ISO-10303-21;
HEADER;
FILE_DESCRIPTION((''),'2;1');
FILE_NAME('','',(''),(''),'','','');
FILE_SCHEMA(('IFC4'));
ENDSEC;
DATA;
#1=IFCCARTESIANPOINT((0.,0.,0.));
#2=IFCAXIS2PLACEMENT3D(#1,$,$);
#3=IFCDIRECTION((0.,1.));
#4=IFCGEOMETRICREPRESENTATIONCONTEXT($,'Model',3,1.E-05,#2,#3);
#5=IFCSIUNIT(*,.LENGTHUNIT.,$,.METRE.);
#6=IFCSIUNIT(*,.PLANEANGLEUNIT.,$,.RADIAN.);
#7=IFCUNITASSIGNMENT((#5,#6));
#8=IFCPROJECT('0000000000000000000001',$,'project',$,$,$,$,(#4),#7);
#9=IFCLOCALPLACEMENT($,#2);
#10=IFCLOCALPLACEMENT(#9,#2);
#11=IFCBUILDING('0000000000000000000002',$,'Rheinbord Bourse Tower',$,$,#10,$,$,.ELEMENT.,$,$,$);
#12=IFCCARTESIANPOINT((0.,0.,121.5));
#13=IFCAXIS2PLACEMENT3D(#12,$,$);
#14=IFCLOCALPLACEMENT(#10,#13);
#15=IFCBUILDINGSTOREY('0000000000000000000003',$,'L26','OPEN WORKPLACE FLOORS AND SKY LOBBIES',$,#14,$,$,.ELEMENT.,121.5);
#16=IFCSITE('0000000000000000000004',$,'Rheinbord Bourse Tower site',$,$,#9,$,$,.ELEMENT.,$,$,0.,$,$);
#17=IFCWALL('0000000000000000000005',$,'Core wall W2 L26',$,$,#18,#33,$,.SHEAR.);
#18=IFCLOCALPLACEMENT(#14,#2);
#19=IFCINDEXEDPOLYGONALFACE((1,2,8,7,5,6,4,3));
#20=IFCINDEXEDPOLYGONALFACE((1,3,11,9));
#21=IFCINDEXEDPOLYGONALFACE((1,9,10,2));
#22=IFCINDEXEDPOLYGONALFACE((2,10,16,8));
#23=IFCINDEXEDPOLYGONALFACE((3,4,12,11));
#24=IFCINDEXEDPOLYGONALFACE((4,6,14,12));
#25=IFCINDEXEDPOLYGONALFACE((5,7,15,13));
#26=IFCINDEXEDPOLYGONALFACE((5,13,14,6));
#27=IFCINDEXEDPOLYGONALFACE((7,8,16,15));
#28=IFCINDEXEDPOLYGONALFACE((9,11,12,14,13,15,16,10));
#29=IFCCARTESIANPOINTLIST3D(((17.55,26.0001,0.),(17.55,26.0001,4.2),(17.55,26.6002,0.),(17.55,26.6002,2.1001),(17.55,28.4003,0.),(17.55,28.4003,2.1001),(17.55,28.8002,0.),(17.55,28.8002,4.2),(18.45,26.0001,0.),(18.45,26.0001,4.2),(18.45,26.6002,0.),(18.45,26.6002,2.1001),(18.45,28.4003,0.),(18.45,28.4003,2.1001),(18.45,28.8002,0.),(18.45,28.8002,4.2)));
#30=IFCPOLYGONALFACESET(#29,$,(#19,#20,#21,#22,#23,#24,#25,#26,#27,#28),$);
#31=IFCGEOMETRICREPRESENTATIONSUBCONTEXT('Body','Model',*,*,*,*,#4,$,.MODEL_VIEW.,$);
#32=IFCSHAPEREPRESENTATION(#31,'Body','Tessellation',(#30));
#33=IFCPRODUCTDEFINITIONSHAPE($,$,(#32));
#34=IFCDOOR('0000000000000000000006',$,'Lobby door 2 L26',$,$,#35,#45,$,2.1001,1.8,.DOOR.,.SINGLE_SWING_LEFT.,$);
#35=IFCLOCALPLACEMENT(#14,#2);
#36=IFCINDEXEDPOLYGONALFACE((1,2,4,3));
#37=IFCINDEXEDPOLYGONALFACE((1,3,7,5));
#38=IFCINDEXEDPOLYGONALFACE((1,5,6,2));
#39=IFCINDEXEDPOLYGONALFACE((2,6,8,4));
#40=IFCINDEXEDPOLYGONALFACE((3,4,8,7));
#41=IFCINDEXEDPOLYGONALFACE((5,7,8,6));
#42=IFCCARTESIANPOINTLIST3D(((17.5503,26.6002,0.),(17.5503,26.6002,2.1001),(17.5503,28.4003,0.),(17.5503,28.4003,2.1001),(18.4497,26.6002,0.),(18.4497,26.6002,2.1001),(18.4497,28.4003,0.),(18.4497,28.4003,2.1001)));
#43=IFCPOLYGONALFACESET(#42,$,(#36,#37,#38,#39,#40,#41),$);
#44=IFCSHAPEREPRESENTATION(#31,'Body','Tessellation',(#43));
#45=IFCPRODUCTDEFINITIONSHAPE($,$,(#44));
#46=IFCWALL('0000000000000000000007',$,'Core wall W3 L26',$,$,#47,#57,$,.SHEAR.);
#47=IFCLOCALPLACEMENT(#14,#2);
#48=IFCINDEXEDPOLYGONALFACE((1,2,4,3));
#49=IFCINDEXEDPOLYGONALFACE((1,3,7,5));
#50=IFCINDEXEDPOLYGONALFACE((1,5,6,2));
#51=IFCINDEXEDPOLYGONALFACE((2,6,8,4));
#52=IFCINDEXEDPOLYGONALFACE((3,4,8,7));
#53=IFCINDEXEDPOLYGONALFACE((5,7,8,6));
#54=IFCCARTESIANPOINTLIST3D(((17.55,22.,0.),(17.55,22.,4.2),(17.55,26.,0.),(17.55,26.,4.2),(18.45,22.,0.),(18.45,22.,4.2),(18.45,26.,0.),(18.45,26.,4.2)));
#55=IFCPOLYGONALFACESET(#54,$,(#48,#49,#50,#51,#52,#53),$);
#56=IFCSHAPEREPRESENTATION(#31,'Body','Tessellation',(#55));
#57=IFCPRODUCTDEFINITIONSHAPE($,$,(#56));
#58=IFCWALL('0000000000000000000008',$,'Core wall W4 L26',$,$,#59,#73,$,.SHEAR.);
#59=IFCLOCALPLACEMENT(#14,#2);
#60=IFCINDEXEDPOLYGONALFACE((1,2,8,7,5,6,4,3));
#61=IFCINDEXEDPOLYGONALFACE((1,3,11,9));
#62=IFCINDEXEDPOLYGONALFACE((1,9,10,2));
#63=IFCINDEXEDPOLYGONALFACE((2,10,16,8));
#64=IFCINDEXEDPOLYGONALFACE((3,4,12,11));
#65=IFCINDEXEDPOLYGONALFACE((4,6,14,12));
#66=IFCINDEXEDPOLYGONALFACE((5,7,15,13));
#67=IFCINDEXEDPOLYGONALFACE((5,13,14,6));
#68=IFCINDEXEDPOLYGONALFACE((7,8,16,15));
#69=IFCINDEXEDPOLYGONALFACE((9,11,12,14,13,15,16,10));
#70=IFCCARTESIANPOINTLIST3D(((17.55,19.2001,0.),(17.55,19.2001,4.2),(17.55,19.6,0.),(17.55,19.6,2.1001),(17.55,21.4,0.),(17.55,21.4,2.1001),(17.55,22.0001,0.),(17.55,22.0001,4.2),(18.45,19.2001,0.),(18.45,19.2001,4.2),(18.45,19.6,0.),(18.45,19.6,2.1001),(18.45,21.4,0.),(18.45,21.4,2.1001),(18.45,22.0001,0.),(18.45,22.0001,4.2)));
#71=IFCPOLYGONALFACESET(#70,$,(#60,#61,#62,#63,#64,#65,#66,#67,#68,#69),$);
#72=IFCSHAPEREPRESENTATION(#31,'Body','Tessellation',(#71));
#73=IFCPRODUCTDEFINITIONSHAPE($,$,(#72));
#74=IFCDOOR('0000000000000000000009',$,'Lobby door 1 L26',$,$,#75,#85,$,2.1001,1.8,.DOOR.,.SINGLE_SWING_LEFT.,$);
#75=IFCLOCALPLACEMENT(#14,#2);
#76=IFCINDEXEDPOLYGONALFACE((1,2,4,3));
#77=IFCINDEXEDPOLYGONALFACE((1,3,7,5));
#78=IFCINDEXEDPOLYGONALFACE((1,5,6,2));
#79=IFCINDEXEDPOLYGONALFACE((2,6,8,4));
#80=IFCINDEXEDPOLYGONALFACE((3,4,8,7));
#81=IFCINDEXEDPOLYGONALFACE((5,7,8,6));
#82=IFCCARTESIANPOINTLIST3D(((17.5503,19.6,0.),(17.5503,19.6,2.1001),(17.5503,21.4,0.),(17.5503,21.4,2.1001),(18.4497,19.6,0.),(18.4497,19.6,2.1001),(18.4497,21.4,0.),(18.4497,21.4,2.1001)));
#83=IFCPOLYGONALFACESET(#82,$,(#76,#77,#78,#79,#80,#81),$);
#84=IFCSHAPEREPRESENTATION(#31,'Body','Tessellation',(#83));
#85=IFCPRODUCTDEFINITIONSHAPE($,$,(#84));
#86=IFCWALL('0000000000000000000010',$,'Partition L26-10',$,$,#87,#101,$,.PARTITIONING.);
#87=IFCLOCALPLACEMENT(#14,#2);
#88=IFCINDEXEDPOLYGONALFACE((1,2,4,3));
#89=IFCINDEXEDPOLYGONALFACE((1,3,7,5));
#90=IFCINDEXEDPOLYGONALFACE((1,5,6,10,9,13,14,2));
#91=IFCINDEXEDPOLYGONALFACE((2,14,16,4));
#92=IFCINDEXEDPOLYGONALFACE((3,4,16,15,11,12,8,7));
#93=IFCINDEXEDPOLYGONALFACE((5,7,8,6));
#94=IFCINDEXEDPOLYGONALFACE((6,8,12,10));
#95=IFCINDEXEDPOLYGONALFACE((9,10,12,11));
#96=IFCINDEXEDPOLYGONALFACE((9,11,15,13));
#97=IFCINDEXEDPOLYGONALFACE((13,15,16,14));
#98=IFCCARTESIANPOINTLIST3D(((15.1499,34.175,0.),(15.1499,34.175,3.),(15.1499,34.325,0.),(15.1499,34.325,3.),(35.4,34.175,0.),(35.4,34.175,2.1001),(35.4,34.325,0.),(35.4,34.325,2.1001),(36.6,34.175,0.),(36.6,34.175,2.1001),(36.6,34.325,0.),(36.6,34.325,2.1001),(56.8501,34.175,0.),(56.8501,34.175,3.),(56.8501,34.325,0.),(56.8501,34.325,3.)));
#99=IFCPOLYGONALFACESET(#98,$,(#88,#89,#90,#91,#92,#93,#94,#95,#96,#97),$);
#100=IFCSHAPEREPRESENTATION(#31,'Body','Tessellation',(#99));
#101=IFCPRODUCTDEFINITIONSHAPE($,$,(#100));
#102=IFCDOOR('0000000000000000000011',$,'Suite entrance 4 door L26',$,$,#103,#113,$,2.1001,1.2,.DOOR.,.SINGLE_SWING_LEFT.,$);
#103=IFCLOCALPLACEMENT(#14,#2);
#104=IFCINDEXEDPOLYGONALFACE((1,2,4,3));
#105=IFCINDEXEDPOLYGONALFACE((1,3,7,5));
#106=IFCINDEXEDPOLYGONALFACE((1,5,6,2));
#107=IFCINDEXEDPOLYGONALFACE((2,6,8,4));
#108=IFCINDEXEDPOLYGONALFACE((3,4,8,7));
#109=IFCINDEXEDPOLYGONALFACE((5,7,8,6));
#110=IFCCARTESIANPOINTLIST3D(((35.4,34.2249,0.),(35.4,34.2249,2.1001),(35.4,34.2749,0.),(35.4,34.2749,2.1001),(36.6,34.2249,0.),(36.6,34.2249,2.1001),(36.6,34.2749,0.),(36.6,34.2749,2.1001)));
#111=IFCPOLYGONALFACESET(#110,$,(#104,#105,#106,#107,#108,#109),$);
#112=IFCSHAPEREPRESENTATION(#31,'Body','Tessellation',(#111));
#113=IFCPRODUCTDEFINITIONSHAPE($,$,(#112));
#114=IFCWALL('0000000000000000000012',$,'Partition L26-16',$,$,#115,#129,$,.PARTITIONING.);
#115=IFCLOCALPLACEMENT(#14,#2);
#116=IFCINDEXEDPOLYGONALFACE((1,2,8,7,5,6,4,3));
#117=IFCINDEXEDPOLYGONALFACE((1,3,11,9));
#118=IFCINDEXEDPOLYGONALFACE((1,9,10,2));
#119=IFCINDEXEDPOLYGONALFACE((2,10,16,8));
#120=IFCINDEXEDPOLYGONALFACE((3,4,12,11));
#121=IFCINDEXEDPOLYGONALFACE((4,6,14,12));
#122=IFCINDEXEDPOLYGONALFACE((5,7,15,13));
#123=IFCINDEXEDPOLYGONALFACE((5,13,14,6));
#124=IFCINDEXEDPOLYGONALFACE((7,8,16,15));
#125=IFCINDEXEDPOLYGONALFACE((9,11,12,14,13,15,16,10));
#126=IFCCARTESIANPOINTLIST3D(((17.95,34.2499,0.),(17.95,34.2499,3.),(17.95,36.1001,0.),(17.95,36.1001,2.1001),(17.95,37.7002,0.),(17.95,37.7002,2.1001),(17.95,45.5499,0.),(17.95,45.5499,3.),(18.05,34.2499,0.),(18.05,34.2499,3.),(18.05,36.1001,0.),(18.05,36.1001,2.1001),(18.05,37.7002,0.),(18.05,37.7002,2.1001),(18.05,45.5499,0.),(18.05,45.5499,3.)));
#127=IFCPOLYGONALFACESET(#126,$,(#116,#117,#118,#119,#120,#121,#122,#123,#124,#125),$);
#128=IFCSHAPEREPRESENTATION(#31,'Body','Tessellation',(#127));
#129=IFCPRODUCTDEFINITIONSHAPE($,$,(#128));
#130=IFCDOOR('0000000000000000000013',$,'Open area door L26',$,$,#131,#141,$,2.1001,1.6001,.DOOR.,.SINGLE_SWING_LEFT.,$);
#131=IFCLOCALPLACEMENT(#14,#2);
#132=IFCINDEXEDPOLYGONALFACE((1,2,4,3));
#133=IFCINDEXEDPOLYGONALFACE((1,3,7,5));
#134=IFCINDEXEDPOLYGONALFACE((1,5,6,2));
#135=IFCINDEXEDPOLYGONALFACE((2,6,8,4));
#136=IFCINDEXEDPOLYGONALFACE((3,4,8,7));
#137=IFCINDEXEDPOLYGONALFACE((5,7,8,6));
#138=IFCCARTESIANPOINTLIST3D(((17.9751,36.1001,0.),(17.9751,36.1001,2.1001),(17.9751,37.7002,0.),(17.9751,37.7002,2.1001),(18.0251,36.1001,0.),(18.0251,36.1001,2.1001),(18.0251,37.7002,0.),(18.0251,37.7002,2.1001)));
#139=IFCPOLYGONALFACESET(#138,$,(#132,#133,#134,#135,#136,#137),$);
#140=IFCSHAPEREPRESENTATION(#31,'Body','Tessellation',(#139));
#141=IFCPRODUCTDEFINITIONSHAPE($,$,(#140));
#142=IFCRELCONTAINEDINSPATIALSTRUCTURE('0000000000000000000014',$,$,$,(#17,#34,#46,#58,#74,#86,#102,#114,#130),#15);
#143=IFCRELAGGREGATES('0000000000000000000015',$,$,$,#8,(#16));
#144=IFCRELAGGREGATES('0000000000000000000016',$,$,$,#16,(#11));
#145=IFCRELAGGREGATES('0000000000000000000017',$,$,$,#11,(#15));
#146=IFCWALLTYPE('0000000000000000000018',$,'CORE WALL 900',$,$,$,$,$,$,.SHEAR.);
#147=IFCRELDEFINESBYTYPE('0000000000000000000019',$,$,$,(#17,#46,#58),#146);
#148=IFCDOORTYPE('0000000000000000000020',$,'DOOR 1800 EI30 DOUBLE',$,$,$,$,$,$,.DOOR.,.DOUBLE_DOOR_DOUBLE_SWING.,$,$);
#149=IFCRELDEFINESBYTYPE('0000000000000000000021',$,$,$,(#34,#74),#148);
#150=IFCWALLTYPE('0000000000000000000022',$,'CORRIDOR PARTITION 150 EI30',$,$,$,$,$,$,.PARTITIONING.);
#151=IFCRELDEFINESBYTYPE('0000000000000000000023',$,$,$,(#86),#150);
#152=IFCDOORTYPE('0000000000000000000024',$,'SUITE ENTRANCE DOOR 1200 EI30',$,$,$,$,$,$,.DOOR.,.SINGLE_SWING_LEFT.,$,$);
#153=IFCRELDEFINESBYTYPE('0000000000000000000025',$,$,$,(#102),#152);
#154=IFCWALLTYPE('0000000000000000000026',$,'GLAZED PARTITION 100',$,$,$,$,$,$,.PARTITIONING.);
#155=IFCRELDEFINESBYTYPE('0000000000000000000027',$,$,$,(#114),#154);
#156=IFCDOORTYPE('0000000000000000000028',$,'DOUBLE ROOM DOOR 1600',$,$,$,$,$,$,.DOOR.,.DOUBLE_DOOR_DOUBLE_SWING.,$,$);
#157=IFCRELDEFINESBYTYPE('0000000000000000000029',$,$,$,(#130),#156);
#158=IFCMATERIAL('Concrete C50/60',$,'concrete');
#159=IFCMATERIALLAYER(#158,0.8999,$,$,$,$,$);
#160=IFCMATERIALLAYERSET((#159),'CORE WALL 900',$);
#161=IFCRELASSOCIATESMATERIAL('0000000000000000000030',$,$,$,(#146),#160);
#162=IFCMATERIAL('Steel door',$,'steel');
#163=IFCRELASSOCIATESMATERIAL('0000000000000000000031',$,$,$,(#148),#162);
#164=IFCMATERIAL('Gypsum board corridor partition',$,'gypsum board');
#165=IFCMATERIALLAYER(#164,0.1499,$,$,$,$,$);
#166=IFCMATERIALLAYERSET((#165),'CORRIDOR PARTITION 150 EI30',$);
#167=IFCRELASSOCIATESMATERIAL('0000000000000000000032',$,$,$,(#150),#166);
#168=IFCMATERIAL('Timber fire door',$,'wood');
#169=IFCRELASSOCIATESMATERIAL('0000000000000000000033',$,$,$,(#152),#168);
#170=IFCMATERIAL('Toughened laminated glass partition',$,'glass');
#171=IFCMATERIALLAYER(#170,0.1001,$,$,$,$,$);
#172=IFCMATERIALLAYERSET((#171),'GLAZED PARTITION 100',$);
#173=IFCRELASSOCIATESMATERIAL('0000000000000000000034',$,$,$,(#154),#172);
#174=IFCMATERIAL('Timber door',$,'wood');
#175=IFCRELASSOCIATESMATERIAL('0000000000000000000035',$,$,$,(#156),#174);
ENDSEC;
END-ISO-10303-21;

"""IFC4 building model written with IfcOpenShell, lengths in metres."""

from ifc_helpers import new_model, si_unit, direction, frame, frame_2d, origin, place, context, subcontext, project, spatial, rectangle, extrude, material, layer, layer_set, type_object, element, fill, save


model = new_model("IFC4")

# Units and contexts
model_context = context("Model", 3, precision=1e-05, world=origin(), true_north=direction((0.0, 1.0)))
body_context = subcontext(model_context, "Body", "Model", "MODEL_VIEW")
ifc_project = project(units=[si_unit("LENGTHUNIT", "METRE"), si_unit("PLANEANGLEUNIT", "RADIAN")], contexts=[model_context])

# Site, building, storey
site_placement = place(None, origin())
site = spatial("IfcSite", under=ifc_project, at=site_placement, Name="Rheinbord Bourse Tower site", CompositionType="ELEMENT", RefElevation=0.0)
building_placement = place(site_placement, origin())
building = spatial("IfcBuilding", under=site, at=building_placement, Name="Rheinbord Bourse Tower", CompositionType="ELEMENT")
storey_placement = place(building_placement, frame((0.0, 0.0, 121.5)))
storey = spatial("IfcBuildingStorey", under=building, at=storey_placement, Name="L26", Description="OPEN WORKPLACE FLOORS AND SKY LOBBIES", CompositionType="ELEMENT", Elevation=121.5)

# Shared definitions
ifc_material_1 = material(Name="Concrete C50/60", Category="concrete")
ifc_layer_1 = layer(ifc_material_1, 0.8999)
ifc_layer_set_1 = layer_set([ifc_layer_1], Name="CORE WALL 900")
wall_type_1 = type_object("IfcWallType", Name="CORE WALL 900", PredefinedType="SHEAR", material=ifc_layer_set_1)

# Wall, opening, door
wall_1_placement = place(storey_placement, frame((18.0, 28.8, 0.0), z_axis=(0.0, 0.0, 1.0), x_axis=(0.0, -1.0, 0.0)))
wall_1 = element("IfcWall", 1, at=wall_1_placement, inside=storey, type_object=wall_type_1, Name="Core wall W2 L26", PredefinedType="SHEAR", context=body_context, shape_type="SweptSolid", body=[
    extrude(rectangle(XDim=2.8, YDim=0.8999, at=frame_2d((1.3999, 0.0))), origin(), (0.0, 0.0, 1.0), 4.2),
])
opening_1_placement = place(wall_1_placement, frame((0.3999, 0.0, 0.0)))
opening_1 = element("IfcOpeningElement", 2, at=opening_1_placement, cuts=wall_1, PredefinedType="OPENING", context=body_context, shape_type="SweptSolid", body=[
    extrude(rectangle(XDim=1.8, YDim=2.1001, at=frame_2d((0.8999, 1.05))), frame((0.0, 0.46, 0.0), z_axis=(0.0, -1.0, 0.0), x_axis=(1.0, 0.0, 0.0)), (0.0, 0.0, 1.0), 0.9199),
])
ifc_material_2 = material(Name="Steel door", Category="steel")
door_type_1 = type_object("IfcDoorType", Name="DOOR 1800 EI30 DOUBLE", OperationType="DOUBLE_DOOR_DOUBLE_SWING", PredefinedType="DOOR", material=ifc_material_2)
door_1_placement = place(opening_1_placement, origin())
door_1 = element("IfcDoor", 3, at=door_1_placement, inside=storey, type_object=door_type_1, Name="Lobby door 2 L26", OperationType="SINGLE_SWING_LEFT", OverallHeight=2.1001, OverallWidth=1.8, PredefinedType="DOOR", context=body_context, shape_type="SweptSolid", body=[
    extrude(rectangle(XDim=1.8, YDim=2.1001, at=frame_2d((0.8999, 1.05))), frame((0.0, 0.4497, 0.0), z_axis=(0.0, -1.0, 0.0), x_axis=(1.0, 0.0, 0.0)), (0.0, 0.0, 1.0), 0.8994),
])
fill(opening_1, door_1)

# Wall
wall_2_placement = place(storey_placement, frame((18.0, 26.0, 0.0), z_axis=(0.0, 0.0, 1.0), x_axis=(0.0, -1.0, 0.0)))
element("IfcWall", 4, at=wall_2_placement, inside=storey, type_object=wall_type_1, Name="Core wall W3 L26", PredefinedType="SHEAR", context=body_context, shape_type="SweptSolid", body=[
    extrude(rectangle(XDim=4.0, YDim=0.8999, at=frame_2d((2.0, 0.0))), origin(), (0.0, 0.0, 1.0), 4.2),
])

# Walls, openings, doors
wall_3_placement = place(storey_placement, frame((18.0, 22.0, 0.0), z_axis=(0.0, 0.0, 1.0), x_axis=(0.0, -1.0, 0.0)))
wall_3 = element("IfcWall", 5, at=wall_3_placement, inside=storey, type_object=wall_type_1, Name="Core wall W4 L26", PredefinedType="SHEAR", context=body_context, shape_type="SweptSolid", body=[
    extrude(rectangle(XDim=2.8, YDim=0.8999, at=frame_2d((1.3999, 0.0))), origin(), (0.0, 0.0, 1.0), 4.2),
])
opening_2_placement = place(wall_3_placement, frame((0.6001, 0.0, 0.0)))
opening_2 = element("IfcOpeningElement", 6, at=opening_2_placement, cuts=wall_3, PredefinedType="OPENING", context=body_context, shape_type="SweptSolid", body=[
    extrude(rectangle(XDim=1.8, YDim=2.1001, at=frame_2d((0.8999, 1.05))), frame((0.0, 0.46, 0.0), z_axis=(0.0, -1.0, 0.0), x_axis=(1.0, 0.0, 0.0)), (0.0, 0.0, 1.0), 0.9199),
])
door_2_placement = place(opening_2_placement, origin())
door_2 = element("IfcDoor", 7, at=door_2_placement, inside=storey, type_object=door_type_1, Name="Lobby door 1 L26", OperationType="SINGLE_SWING_LEFT", OverallHeight=2.1001, OverallWidth=1.8, PredefinedType="DOOR", context=body_context, shape_type="SweptSolid", body=[
    extrude(rectangle(XDim=1.8, YDim=2.1001, at=frame_2d((0.8999, 1.05))), frame((0.0, 0.4497, 0.0), z_axis=(0.0, -1.0, 0.0), x_axis=(1.0, 0.0, 0.0)), (0.0, 0.0, 1.0), 0.8994),
])
fill(opening_2, door_2)
ifc_material_3 = material(Name="Gypsum board corridor partition", Category="gypsum board")
ifc_layer_2 = layer(ifc_material_3, 0.1499)
ifc_layer_set_2 = layer_set([ifc_layer_2], Name="CORRIDOR PARTITION 150 EI30")
wall_type_2 = type_object("IfcWallType", Name="CORRIDOR PARTITION 150 EI30", PredefinedType="PARTITIONING", material=ifc_layer_set_2)
wall_4_placement = place(storey_placement, frame((15.1499, 34.25, 0.0), z_axis=(0.0, 0.0, 1.0), x_axis=(1.0, 0.0, 0.0)))
wall_4 = element("IfcWall", 8, at=wall_4_placement, inside=storey, type_object=wall_type_2, Name="Partition L26-10", PredefinedType="PARTITIONING", context=body_context, shape_type="SweptSolid", body=[
    extrude(rectangle(XDim=41.7002, YDim=0.1499, at=frame_2d((20.8501, 0.0))), origin(), (0.0, 0.0, 1.0), 3.0),
])
opening_3_placement = place(wall_4_placement, frame((20.25, 0.0, 0.0)))
opening_3 = element("IfcOpeningElement", 9, at=opening_3_placement, cuts=wall_4, PredefinedType="OPENING", context=body_context, shape_type="SweptSolid", body=[
    extrude(rectangle(XDim=1.2, YDim=2.1001, at=frame_2d((0.6001, 1.05))), frame((0.0, 0.085, 0.0), z_axis=(0.0, -1.0, 0.0), x_axis=(1.0, 0.0, 0.0)), (0.0, 0.0, 1.0), 0.1699),
])
ifc_material_4 = material(Name="Timber fire door", Category="wood")
door_type_2 = type_object("IfcDoorType", Name="SUITE ENTRANCE DOOR 1200 EI30", OperationType="SINGLE_SWING_LEFT", PredefinedType="DOOR", material=ifc_material_4)
door_3_placement = place(opening_3_placement, origin())
door_3 = element("IfcDoor", 10, at=door_3_placement, inside=storey, type_object=door_type_2, Name="Suite entrance 4 door L26", OperationType="SINGLE_SWING_LEFT", OverallHeight=2.1001, OverallWidth=1.2, PredefinedType="DOOR", context=body_context, shape_type="SweptSolid", body=[
    extrude(rectangle(XDim=1.2, YDim=2.1001, at=frame_2d((0.6001, 1.05))), frame((0.0, 0.0249, 0.0), z_axis=(0.0, -1.0, 0.0), x_axis=(1.0, 0.0, 0.0)), (0.0, 0.0, 1.0), 0.05),
])
fill(opening_3, door_3)
ifc_material_5 = material(Name="Toughened laminated glass partition", Category="glass")
ifc_layer_3 = layer(ifc_material_5, 0.1001)
ifc_layer_set_3 = layer_set([ifc_layer_3], Name="GLAZED PARTITION 100")
wall_type_3 = type_object("IfcWallType", Name="GLAZED PARTITION 100", PredefinedType="PARTITIONING", material=ifc_layer_set_3)
wall_5_placement = place(storey_placement, frame((18.0, 34.25, 0.0), z_axis=(0.0, 0.0, 1.0), x_axis=(0.0, 1.0, 0.0)))
wall_5 = element("IfcWall", 11, at=wall_5_placement, inside=storey, type_object=wall_type_3, Name="Partition L26-16", PredefinedType="PARTITIONING", context=body_context, shape_type="SweptSolid", body=[
    extrude(rectangle(XDim=11.3, YDim=0.1001, at=frame_2d((5.6499, 0.0))), origin(), (0.0, 0.0, 1.0), 3.0),
])
opening_4_placement = place(wall_5_placement, frame((1.8501, 0.0, 0.0)))
opening_4 = element("IfcOpeningElement", 12, at=opening_4_placement, cuts=wall_5, PredefinedType="OPENING", context=body_context, shape_type="SweptSolid", body=[
    extrude(rectangle(XDim=1.6001, YDim=2.1001, at=frame_2d((0.8, 1.05))), frame((0.0, 0.0601, 0.0), z_axis=(0.0, -1.0, 0.0), x_axis=(1.0, 0.0, 0.0)), (0.0, 0.0, 1.0), 0.1201),
])
ifc_material_6 = material(Name="Timber door", Category="wood")
door_type_3 = type_object("IfcDoorType", Name="DOUBLE ROOM DOOR 1600", OperationType="DOUBLE_DOOR_DOUBLE_SWING", PredefinedType="DOOR", material=ifc_material_6)
door_4_placement = place(opening_4_placement, origin())
door_4 = element("IfcDoor", 13, at=door_4_placement, inside=storey, type_object=door_type_3, Name="Open area door L26", OperationType="SINGLE_SWING_LEFT", OverallHeight=2.1001, OverallWidth=1.6001, PredefinedType="DOOR", context=body_context, shape_type="SweptSolid", body=[
    extrude(rectangle(XDim=1.6001, YDim=2.1001, at=frame_2d((0.8, 1.05))), frame((0.0, 0.0249, 0.0), z_axis=(0.0, -1.0, 0.0), x_axis=(1.0, 0.0, 0.0)), (0.0, 0.0, 1.0), 0.05),
])
fill(opening_4, door_4)

save(model, "model.ifc")
